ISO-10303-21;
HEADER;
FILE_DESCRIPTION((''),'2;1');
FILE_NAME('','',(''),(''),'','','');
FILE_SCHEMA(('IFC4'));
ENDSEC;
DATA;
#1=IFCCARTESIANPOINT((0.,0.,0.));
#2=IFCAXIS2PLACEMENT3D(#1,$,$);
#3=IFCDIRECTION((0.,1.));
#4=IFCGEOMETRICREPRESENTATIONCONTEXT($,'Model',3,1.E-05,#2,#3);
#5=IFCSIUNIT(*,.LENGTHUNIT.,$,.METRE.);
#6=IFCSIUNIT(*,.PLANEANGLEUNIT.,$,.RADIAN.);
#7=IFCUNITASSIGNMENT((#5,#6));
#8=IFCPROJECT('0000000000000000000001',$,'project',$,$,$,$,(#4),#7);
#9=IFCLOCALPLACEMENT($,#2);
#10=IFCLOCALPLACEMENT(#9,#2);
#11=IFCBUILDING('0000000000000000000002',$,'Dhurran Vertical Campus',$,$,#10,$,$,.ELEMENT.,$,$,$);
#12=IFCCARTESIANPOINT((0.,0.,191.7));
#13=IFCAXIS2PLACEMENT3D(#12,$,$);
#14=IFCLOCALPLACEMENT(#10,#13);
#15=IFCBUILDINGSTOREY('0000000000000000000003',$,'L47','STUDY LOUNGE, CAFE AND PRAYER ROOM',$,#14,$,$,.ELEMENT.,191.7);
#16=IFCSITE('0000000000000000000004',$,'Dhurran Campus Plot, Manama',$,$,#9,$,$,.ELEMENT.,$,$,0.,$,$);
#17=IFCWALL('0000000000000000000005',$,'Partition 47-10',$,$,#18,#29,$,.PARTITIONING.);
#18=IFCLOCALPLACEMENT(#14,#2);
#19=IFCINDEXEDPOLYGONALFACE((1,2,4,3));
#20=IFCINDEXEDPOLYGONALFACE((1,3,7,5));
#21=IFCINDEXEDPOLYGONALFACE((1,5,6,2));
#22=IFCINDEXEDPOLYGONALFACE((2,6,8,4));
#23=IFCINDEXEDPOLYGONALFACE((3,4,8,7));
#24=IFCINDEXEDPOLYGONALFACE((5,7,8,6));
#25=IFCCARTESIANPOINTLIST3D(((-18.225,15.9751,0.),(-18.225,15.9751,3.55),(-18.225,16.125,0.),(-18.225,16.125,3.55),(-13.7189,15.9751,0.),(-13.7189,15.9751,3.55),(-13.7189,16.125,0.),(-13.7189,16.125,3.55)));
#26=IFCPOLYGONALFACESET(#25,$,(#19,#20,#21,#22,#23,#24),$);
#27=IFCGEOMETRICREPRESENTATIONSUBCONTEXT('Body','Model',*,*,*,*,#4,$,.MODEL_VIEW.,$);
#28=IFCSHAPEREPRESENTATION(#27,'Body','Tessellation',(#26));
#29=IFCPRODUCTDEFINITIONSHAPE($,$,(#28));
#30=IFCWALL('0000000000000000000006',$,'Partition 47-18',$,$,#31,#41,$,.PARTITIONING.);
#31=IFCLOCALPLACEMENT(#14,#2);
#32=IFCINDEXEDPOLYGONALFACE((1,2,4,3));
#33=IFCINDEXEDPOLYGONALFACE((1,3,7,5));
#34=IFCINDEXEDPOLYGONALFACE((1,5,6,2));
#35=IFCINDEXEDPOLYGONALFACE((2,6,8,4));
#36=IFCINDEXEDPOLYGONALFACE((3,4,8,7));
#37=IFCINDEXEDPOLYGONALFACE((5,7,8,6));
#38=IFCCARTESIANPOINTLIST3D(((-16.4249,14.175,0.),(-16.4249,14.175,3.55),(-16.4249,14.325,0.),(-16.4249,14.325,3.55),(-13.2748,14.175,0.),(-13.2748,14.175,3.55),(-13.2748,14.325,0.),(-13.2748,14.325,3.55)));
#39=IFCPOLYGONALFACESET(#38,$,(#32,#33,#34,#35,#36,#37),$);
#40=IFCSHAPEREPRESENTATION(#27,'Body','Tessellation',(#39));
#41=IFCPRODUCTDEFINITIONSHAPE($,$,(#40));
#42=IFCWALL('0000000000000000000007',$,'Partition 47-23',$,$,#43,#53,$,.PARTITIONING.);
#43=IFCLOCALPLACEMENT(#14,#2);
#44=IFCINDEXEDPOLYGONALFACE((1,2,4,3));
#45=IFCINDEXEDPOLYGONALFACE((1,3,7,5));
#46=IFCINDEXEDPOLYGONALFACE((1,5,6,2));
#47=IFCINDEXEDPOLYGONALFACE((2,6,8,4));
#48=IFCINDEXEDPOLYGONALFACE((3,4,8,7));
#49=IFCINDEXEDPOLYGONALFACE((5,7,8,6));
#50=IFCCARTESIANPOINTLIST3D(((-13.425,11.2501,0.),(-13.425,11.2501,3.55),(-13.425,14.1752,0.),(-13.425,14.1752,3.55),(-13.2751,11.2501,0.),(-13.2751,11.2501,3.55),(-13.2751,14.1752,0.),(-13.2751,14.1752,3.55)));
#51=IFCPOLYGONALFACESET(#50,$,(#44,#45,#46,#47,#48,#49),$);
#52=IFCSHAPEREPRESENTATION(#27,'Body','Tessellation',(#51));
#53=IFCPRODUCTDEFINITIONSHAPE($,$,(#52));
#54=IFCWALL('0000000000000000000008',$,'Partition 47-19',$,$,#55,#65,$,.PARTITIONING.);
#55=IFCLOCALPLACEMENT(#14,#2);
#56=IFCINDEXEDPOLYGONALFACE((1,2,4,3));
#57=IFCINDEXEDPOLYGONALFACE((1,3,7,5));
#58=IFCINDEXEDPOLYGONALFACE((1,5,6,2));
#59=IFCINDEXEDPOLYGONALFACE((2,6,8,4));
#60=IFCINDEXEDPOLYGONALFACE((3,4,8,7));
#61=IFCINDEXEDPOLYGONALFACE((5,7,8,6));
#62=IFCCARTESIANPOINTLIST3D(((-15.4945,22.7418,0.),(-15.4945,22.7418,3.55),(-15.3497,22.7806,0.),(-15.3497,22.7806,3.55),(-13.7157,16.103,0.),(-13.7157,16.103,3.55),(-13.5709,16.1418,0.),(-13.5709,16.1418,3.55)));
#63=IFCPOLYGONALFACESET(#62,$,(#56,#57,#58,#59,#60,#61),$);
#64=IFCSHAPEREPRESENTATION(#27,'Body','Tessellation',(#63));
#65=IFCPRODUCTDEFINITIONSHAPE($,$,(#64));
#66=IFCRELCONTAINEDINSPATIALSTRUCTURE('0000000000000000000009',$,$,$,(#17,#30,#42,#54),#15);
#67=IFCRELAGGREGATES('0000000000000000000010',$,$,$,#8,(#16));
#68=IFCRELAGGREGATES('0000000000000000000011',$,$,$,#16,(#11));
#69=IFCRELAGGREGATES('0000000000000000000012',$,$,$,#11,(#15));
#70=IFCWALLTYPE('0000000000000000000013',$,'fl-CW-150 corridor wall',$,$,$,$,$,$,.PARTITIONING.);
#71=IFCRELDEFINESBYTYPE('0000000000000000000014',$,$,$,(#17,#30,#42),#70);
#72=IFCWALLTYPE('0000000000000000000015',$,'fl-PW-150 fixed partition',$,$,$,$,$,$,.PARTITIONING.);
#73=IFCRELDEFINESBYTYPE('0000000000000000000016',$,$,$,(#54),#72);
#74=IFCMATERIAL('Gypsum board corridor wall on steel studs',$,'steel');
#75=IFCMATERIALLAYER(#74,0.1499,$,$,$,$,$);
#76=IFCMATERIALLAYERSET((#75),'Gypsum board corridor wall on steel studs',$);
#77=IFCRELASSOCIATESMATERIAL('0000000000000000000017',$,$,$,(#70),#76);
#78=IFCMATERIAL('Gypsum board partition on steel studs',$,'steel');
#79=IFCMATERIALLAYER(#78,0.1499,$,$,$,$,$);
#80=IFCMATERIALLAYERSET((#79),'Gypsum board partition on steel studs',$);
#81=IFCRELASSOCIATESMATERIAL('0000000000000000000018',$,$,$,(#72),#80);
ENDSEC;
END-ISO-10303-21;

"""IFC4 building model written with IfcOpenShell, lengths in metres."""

from ifc_helpers import new_model, si_unit, direction, frame, frame_2d, origin, place, context, subcontext, project, spatial, rectangle, extrude, material, layer, layer_set, type_object, element, save


model = new_model("IFC4")

# Units and contexts
model_context = context("Model", 3, precision=1e-05, world=origin(), true_north=direction((0.0, 1.0)))
body_context = subcontext(model_context, "Body", "Model", "MODEL_VIEW")
ifc_project = project(units=[si_unit("LENGTHUNIT", "METRE"), si_unit("PLANEANGLEUNIT", "RADIAN")], contexts=[model_context])

# Site, building, storey
site_placement = place(None, origin())
site = spatial("IfcSite", under=ifc_project, at=site_placement, Name="Dhurran Campus Plot, Manama", CompositionType="ELEMENT", RefElevation=0.0)
building_placement = place(site_placement, origin())
building = spatial("IfcBuilding", under=site, at=building_placement, Name="Dhurran Vertical Campus", CompositionType="ELEMENT")
storey_placement = place(building_placement, frame((0.0, 0.0, 191.7)))
storey = spatial("IfcBuildingStorey", under=building, at=storey_placement, Name="L47", Description="STUDY LOUNGE, CAFE AND PRAYER ROOM", CompositionType="ELEMENT", Elevation=191.7)

# Shared definitions
ifc_material_1 = material(Name="Gypsum board corridor wall on steel studs", Category="steel")
ifc_layer_1 = layer(ifc_material_1, 0.1499)
ifc_layer_set_1 = layer_set([ifc_layer_1], Name="Gypsum board corridor wall on steel studs")
wall_type_1 = type_object("IfcWallType", Name="fl-CW-150 corridor wall", PredefinedType="PARTITIONING", material=ifc_layer_set_1)

# Walls
wall_1_placement = place(storey_placement, frame((-13.719, 16.05, 0.0), z_axis=(0.0, 0.0, 1.0), x_axis=(-1.0, 0.0, 0.0)))
element("IfcWall", 1, at=wall_1_placement, inside=storey, type_object=wall_type_1, Name="Partition 47-10", PredefinedType="PARTITIONING", context=body_context, shape_type="SweptSolid", body=[
    extrude(rectangle(XDim=4.5061, YDim=0.1499, at=frame_2d((2.2529, 0.0))), origin(), (0.0, 0.0, 1.0), 3.55),
])
wall_2_placement = place(storey_placement, frame((-16.425, 14.25, 0.0), z_axis=(0.0, 0.0, 1.0), x_axis=(1.0, 0.0, 0.0)))
element("IfcWall", 2, at=wall_2_placement, inside=storey, type_object=wall_type_1, Name="Partition 47-18", PredefinedType="PARTITIONING", context=body_context, shape_type="SweptSolid", body=[
    extrude(rectangle(XDim=3.1501, YDim=0.1499, at=frame_2d((1.5752, 0.0))), origin(), (0.0, 0.0, 1.0), 3.55),
])
wall_3_placement = place(storey_placement, frame((-13.3501, 14.175, 0.0), z_axis=(0.0, 0.0, 1.0), x_axis=(0.0, -1.0, 0.0)))
element("IfcWall", 3, at=wall_3_placement, inside=storey, type_object=wall_type_1, Name="Partition 47-23", PredefinedType="PARTITIONING", context=body_context, shape_type="SweptSolid", body=[
    extrude(rectangle(XDim=2.925, YDim=0.1499, at=frame_2d((1.4624, 0.0))), origin(), (0.0, 0.0, 1.0), 3.55),
])
ifc_material_2 = material(Name="Gypsum board partition on steel studs", Category="steel")
ifc_layer_2 = layer(ifc_material_2, 0.1499)
ifc_layer_set_2 = layer_set([ifc_layer_2], Name="Gypsum board partition on steel studs")
wall_type_2 = type_object("IfcWallType", Name="fl-PW-150 fixed partition", PredefinedType="PARTITIONING", material=ifc_layer_set_2)
wall_4_placement = place(storey_placement, frame((-15.4221, 22.7612, 0.0), z_axis=(0.0, 0.0, 1.0), x_axis=(0.258808, -0.965929, 0.0)))
element("IfcWall", 4, at=wall_4_placement, inside=storey, type_object=wall_type_2, Name="Partition 47-19", PredefinedType="PARTITIONING", context=body_context, shape_type="SweptSolid", body=[
    extrude(rectangle(XDim=6.873, YDim=0.1499, at=frame_2d((3.4365, 0.0))), origin(), (0.0, 0.0, 1.0), 3.55),
])

save(model, "model.ifc")
